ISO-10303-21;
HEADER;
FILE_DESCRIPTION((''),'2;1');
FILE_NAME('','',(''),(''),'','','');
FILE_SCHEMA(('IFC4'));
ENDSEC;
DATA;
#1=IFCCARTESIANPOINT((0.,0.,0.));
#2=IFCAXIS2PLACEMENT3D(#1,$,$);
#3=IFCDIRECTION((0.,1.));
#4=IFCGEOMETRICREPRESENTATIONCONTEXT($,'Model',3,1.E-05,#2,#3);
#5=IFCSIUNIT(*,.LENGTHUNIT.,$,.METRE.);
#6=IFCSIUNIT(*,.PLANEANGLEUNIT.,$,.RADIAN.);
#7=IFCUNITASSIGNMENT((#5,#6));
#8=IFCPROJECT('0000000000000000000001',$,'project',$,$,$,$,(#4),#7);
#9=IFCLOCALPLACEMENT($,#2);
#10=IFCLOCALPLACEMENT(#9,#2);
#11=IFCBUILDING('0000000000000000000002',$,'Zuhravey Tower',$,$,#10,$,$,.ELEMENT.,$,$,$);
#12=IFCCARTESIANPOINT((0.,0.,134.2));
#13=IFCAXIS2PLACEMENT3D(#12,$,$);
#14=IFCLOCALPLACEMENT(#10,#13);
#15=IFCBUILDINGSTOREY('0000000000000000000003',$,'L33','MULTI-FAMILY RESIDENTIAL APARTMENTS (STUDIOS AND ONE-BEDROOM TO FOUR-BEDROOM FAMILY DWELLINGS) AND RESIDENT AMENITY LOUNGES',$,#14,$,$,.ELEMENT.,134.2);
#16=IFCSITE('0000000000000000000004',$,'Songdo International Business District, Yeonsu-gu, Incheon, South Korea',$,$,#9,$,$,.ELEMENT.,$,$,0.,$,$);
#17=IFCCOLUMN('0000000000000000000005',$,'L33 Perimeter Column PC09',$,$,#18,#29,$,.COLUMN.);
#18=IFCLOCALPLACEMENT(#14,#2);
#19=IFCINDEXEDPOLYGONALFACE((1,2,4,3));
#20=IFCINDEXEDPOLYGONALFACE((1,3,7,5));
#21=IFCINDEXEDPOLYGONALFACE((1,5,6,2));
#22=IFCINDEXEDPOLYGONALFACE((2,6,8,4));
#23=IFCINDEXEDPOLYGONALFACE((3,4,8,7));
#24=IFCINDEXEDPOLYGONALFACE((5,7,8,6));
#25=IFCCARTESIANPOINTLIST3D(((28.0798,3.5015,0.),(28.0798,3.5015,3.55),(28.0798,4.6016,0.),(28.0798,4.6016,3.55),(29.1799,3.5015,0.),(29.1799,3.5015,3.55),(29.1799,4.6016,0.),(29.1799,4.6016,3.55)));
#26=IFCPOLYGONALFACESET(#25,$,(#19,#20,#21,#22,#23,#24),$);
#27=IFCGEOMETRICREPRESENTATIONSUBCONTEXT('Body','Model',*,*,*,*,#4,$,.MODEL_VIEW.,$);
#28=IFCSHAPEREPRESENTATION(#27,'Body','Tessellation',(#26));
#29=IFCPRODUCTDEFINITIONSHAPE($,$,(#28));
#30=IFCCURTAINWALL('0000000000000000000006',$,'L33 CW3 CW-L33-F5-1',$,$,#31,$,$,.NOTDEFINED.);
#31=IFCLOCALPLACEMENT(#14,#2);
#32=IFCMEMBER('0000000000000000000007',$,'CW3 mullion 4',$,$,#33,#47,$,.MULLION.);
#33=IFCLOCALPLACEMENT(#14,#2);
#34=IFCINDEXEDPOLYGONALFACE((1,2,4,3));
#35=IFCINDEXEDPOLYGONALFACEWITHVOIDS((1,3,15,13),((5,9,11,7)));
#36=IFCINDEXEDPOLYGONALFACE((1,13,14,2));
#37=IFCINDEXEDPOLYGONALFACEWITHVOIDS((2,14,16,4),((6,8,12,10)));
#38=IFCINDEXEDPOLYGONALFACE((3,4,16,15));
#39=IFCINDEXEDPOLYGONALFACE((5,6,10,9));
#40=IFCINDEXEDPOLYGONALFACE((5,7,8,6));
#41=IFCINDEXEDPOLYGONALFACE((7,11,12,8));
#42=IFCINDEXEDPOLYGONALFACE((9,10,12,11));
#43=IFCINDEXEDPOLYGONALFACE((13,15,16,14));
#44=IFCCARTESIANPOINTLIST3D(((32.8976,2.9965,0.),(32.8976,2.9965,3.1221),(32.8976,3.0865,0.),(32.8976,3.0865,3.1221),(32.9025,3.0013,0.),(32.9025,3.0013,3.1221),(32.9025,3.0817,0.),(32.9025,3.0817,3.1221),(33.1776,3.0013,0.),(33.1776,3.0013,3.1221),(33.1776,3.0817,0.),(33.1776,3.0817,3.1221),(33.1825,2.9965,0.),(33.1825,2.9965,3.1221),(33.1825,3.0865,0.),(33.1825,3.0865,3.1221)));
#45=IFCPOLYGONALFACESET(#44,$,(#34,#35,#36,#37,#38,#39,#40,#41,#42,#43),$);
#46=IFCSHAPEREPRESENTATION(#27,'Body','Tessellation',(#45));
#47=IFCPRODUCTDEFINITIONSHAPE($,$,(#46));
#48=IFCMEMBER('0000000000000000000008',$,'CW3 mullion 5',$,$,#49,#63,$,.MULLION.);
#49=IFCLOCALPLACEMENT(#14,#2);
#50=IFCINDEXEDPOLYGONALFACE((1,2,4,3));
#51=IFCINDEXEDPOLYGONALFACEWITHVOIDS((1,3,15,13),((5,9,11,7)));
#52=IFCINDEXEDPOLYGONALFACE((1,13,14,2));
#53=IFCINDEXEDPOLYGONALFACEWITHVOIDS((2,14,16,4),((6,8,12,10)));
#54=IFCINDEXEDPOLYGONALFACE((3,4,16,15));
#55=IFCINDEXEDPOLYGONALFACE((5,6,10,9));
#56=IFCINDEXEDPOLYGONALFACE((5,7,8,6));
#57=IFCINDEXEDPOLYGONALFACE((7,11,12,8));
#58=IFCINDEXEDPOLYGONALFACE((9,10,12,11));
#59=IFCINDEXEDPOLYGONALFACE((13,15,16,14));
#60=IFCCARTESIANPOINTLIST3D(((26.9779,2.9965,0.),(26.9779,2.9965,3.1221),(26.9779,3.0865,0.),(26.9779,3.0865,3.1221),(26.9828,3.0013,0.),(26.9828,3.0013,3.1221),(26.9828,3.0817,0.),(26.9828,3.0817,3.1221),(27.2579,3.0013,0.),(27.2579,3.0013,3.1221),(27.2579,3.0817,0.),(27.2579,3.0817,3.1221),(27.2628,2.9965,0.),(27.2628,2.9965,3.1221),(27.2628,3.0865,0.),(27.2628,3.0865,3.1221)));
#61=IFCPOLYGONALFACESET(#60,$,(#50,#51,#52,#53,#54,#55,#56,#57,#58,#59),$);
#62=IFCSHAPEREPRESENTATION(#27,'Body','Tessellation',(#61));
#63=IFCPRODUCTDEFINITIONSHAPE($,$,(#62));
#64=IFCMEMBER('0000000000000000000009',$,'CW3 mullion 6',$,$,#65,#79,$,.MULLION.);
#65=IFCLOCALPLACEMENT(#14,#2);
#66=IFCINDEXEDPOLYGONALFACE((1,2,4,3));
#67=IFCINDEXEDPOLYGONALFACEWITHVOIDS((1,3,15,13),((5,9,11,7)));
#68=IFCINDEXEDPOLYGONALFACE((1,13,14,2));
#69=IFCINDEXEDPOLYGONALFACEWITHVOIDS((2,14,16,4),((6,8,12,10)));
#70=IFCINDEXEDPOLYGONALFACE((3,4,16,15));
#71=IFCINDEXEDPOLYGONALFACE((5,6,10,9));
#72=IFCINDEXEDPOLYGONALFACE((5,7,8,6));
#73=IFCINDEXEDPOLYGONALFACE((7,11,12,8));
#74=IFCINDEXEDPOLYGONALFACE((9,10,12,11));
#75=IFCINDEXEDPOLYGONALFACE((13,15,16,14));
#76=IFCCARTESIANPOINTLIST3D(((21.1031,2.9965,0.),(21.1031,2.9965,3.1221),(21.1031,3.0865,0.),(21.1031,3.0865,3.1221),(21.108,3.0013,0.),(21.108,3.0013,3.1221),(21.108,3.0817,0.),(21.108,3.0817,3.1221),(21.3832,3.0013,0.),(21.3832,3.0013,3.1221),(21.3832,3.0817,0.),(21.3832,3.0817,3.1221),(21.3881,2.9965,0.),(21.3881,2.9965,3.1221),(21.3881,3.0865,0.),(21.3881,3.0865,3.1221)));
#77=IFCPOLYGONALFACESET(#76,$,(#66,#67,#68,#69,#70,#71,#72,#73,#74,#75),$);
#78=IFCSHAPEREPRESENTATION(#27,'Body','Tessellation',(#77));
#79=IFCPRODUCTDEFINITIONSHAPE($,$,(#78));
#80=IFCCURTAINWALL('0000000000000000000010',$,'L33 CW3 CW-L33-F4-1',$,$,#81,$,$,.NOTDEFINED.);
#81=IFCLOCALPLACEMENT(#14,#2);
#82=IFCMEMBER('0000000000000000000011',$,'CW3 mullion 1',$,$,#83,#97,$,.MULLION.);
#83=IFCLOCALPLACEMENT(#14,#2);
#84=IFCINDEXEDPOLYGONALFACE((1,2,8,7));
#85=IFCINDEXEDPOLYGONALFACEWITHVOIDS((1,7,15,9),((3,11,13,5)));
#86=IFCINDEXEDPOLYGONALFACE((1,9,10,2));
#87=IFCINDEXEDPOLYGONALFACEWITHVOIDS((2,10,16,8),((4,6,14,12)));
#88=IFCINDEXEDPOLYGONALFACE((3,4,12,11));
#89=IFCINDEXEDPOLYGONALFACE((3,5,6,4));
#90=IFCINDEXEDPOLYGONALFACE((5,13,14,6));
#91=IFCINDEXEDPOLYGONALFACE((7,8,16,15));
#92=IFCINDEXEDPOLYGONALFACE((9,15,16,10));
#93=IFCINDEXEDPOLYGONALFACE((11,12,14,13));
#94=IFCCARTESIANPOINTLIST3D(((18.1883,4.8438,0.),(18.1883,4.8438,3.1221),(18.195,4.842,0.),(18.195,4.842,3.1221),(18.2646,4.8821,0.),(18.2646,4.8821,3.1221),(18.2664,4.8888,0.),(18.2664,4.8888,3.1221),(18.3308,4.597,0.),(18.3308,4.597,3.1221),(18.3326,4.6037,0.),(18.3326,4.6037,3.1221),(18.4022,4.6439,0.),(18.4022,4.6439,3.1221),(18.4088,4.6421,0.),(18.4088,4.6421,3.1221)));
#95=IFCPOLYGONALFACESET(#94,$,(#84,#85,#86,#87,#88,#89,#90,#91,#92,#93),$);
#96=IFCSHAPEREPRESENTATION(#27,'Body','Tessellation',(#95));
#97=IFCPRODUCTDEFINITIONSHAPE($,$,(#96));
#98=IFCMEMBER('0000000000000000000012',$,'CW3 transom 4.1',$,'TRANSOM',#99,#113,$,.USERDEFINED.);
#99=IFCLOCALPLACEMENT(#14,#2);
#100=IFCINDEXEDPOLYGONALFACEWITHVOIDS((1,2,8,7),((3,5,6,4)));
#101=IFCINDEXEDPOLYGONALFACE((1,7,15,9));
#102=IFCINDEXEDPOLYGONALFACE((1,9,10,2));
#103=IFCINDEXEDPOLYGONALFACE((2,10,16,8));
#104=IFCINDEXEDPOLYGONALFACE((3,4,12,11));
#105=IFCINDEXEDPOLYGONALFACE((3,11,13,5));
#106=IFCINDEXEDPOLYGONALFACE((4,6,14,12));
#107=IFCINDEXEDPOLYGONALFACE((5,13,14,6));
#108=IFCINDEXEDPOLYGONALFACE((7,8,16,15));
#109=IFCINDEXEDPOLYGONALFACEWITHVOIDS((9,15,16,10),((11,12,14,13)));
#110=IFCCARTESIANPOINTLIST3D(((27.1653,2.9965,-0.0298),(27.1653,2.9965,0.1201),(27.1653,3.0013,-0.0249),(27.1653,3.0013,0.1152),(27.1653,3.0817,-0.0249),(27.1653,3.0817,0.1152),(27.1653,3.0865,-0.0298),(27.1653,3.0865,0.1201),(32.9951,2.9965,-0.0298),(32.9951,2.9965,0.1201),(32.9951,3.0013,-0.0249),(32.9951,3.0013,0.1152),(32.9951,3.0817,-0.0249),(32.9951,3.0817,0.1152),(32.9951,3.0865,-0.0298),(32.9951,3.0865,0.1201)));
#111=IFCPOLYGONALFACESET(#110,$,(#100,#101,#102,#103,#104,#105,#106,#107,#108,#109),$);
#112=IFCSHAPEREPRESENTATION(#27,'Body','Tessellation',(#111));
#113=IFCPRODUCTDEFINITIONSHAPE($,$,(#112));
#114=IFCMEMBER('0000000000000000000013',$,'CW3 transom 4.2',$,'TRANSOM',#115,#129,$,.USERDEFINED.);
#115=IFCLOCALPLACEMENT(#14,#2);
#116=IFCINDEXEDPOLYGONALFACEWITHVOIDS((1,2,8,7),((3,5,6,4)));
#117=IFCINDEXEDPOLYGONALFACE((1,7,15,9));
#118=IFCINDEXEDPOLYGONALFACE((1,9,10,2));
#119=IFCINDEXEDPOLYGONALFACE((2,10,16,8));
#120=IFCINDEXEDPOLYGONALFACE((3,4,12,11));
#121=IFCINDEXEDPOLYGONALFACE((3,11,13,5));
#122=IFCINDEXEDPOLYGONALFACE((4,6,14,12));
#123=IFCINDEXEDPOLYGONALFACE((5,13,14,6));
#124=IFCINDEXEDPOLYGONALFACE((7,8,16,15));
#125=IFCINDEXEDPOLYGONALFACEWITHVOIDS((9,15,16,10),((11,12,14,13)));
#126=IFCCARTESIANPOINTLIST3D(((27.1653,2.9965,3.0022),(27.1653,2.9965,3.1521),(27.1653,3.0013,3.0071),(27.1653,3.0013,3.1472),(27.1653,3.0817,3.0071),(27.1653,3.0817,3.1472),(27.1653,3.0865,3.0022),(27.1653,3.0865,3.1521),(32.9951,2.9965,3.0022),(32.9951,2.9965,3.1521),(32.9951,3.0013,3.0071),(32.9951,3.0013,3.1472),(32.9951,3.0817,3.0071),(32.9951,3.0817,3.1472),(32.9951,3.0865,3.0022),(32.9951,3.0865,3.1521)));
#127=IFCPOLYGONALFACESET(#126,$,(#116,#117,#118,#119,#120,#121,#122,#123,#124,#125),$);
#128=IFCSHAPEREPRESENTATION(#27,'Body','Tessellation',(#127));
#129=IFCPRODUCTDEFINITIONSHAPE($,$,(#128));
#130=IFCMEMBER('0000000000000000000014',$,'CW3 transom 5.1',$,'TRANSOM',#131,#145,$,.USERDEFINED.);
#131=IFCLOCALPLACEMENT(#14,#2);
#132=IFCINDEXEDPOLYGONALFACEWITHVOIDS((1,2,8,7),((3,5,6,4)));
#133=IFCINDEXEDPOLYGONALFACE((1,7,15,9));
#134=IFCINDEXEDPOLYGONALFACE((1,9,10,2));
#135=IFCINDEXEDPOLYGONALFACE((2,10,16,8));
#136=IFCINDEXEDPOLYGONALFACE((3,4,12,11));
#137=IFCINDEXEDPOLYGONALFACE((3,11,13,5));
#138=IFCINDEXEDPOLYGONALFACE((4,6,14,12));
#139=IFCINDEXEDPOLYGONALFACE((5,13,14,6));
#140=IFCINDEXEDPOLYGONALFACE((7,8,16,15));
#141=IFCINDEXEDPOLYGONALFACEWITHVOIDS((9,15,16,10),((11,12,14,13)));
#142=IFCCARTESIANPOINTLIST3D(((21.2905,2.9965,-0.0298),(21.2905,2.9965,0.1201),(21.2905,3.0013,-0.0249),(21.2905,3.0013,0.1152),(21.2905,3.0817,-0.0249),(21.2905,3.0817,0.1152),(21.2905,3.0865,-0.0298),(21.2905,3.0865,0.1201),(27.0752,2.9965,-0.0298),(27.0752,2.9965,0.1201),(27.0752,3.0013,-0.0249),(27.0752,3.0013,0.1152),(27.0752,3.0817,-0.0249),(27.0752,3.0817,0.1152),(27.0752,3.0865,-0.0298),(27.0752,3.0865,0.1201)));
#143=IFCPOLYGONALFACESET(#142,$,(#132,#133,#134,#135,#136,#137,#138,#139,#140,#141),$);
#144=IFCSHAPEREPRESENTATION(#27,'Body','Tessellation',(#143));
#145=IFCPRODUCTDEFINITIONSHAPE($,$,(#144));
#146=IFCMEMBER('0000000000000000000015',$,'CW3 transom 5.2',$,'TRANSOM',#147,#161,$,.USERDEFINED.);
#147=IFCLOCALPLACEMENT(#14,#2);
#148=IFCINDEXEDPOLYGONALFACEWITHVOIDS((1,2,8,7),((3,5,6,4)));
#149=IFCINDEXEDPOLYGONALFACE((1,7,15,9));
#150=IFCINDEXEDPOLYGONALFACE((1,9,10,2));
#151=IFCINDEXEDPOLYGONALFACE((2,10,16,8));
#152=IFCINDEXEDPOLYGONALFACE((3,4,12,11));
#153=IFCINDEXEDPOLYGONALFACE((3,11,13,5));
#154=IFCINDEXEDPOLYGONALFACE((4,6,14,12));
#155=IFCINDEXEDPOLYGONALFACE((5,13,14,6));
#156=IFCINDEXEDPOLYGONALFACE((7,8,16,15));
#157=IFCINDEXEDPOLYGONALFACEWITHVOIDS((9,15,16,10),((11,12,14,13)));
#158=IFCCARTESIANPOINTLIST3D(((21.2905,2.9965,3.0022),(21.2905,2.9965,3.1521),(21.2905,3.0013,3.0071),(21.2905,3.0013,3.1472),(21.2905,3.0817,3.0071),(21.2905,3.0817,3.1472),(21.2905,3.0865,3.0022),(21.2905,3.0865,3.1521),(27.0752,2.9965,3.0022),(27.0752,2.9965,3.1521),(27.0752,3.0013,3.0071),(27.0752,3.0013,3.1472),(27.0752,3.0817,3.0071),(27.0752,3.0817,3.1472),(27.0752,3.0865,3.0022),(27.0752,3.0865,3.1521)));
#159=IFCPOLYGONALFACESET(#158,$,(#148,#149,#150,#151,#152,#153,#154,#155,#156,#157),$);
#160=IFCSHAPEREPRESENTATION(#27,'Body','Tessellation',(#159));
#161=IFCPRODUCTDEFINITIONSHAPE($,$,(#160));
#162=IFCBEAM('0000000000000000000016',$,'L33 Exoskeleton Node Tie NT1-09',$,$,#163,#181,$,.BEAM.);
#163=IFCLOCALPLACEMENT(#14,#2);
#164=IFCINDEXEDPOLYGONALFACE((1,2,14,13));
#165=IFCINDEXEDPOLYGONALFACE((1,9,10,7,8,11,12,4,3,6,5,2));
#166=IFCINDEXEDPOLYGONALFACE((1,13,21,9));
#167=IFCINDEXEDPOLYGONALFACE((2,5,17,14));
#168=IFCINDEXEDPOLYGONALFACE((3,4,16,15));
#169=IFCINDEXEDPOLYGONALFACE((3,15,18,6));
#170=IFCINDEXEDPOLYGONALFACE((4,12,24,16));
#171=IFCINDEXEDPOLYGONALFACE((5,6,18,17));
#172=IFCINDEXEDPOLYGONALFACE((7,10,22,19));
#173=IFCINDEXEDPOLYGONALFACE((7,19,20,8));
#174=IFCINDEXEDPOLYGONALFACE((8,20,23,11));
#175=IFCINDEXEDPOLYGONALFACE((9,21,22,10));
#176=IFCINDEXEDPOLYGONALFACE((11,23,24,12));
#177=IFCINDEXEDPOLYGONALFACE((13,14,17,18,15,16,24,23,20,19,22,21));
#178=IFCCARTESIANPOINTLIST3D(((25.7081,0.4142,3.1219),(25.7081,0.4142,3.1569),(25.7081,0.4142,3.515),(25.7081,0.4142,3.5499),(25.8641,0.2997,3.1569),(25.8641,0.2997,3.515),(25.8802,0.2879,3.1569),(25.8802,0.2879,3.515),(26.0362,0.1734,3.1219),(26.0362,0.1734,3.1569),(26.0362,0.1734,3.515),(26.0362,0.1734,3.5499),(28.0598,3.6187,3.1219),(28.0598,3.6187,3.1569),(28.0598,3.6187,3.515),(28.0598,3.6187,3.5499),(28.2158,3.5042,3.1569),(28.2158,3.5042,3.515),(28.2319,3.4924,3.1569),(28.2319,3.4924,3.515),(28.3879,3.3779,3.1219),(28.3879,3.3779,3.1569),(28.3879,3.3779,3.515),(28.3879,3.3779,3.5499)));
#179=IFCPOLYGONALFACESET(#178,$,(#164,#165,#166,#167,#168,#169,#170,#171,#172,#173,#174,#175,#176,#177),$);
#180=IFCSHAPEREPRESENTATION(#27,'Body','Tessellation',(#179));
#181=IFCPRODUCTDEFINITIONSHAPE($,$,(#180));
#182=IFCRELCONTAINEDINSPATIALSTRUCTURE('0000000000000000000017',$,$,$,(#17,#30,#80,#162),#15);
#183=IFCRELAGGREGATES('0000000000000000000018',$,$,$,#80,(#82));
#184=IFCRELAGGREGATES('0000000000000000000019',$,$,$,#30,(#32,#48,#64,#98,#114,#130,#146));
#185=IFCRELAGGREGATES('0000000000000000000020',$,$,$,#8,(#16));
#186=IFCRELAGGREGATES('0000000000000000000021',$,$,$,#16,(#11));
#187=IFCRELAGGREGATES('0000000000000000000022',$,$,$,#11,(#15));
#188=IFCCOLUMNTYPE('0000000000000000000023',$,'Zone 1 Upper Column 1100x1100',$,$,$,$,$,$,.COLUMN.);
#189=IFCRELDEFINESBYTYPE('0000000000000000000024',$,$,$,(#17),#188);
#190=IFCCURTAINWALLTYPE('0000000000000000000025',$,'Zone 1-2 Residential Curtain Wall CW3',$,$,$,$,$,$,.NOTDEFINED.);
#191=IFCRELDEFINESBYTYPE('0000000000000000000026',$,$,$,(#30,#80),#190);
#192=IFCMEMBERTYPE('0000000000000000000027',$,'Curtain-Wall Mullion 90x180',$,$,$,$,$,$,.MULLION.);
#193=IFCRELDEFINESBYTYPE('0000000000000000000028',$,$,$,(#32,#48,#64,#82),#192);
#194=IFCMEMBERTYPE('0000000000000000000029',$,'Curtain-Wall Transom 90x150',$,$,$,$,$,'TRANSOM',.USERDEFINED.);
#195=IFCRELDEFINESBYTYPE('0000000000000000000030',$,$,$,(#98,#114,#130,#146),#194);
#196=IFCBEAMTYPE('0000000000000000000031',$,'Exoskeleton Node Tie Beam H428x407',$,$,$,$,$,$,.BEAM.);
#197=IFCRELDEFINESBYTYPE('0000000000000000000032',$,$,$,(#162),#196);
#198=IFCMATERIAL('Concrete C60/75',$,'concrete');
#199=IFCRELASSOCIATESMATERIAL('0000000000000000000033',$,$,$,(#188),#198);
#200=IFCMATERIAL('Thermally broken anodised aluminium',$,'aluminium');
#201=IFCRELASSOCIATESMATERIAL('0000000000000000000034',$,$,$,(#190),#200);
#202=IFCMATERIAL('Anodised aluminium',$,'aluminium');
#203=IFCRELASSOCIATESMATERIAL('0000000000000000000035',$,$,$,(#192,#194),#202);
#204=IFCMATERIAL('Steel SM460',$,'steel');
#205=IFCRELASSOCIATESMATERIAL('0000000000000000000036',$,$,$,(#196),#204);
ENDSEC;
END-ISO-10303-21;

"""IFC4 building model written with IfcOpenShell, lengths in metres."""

from ifc_helpers import new_model, si_unit, direction, frame, origin, origin_2d, place, context, subcontext, project, spatial, rectangle, hollow_rectangle, i_section, extrude, material, material_profile, profile_set, type_object, element, aggregate, save


model = new_model("IFC4")

# Units and contexts
model_context = context("Model", 3, precision=1e-05, world=origin(), true_north=direction((0.0, 1.0)))
body_context = subcontext(model_context, "Body", "Model", "MODEL_VIEW")
ifc_project = project(units=[si_unit("LENGTHUNIT", "METRE"), si_unit("PLANEANGLEUNIT", "RADIAN")], contexts=[model_context])

# Site, building, storey
site_placement = place(None, origin())
site = spatial("IfcSite", under=ifc_project, at=site_placement, Name="Songdo International Business District, Yeonsu-gu, Incheon, South Korea", CompositionType="ELEMENT", RefElevation=0.0)
building_placement = place(site_placement, origin())
building = spatial("IfcBuilding", under=site, at=building_placement, Name="Zuhravey Tower", CompositionType="ELEMENT")
storey_placement = place(building_placement, frame((0.0, 0.0, 134.2)))
storey = spatial("IfcBuildingStorey", under=building, at=storey_placement, Name="L33", Description="MULTI-FAMILY RESIDENTIAL APARTMENTS (STUDIOS AND ONE-BEDROOM TO FOUR-BEDROOM FAMILY DWELLINGS) AND RESIDENT AMENITY LOUNGES", CompositionType="ELEMENT", Elevation=134.2)

# Column
ifc_material_1 = material(Name="Concrete C60/75", Category="concrete")
ifc_material_profile_1 = material_profile(ifc_material_1, rectangle(XDim=1.1001, YDim=1.1001, at=origin_2d()), Name="RC-1100x1100")
ifc_profile_set_1 = profile_set([ifc_material_profile_1], Name="Concrete C60/75")
column_type = type_object("IfcColumnType", Name="Zone 1 Upper Column 1100x1100", PredefinedType="COLUMN", material=ifc_profile_set_1)
column_placement = place(storey_placement, frame((28.6299, 4.0515, 0.0), z_axis=(0.0, 0.0, 1.0), x_axis=(1.0, 0.0, 0.0)))
element("IfcColumn", 1, at=column_placement, inside=storey, type_object=column_type, Name="L33 Perimeter Column PC09", PredefinedType="COLUMN", context=body_context, shape_type="SweptSolid", body=[
    extrude(rectangle(XDim=1.1001, YDim=1.1001, at=origin_2d()), origin(), (0.0, 0.0, 1.0), 3.55),
])

# Curtain wall, members
ifc_material_2 = material(Name="Thermally broken anodised aluminium", Category="aluminium")
curtain_wall_type = type_object("IfcCurtainWallType", Name="Zone 1-2 Residential Curtain Wall CW3", PredefinedType="NOTDEFINED", material=ifc_material_2)
curtain_wall_1_placement = place(storey_placement, origin())
curtain_wall_1 = element("IfcCurtainWall", 2, at=curtain_wall_1_placement, inside=storey, type_object=curtain_wall_type, Name="L33 CW3 CW-L33-F5-1", PredefinedType="NOTDEFINED")
ifc_material_3 = material(Name="Anodised aluminium", Category="aluminium")
ifc_material_profile_2 = material_profile(ifc_material_3, hollow_rectangle(XDim=0.0901, YDim=0.2849, WallThickness=0.0049, at=origin_2d()), Name="ALU-RHS-90x285x5")
ifc_profile_set_2 = profile_set([ifc_material_profile_2], Name="Anodised aluminium")
member_type_1 = type_object("IfcMemberType", Name="Curtain-Wall Mullion 90x180", PredefinedType="MULLION", material=ifc_profile_set_2)
member_1_placement = place(storey_placement, frame((33.04, 3.0415, 0.0), z_axis=(0.0, 0.0, 1.0), x_axis=(0.0, -1.0, 0.0)))
member_1 = element("IfcMember", 3, at=member_1_placement, type_object=member_type_1, Name="CW3 mullion 4", PredefinedType="MULLION", context=body_context, shape_type="SweptSolid", body=[
    extrude(hollow_rectangle(XDim=0.0901, YDim=0.2849, WallThickness=0.0049, at=origin_2d()), origin(), (0.0, 0.0, 1.0), 3.1221),
])
member_2_placement = place(storey_placement, frame((27.1204, 3.0415, 0.0), z_axis=(0.0, 0.0, 1.0), x_axis=(0.0, -1.0, 0.0)))
member_2 = element("IfcMember", 4, at=member_2_placement, type_object=member_type_1, Name="CW3 mullion 5", PredefinedType="MULLION", context=body_context, shape_type="SweptSolid", body=[
    extrude(hollow_rectangle(XDim=0.0901, YDim=0.2849, WallThickness=0.0049, at=origin_2d()), origin(), (0.0, 0.0, 1.0), 3.1221),
])
member_3_placement = place(storey_placement, frame((21.2456, 3.0415, 0.0), z_axis=(0.0, 0.0, 1.0), x_axis=(0.0, -1.0, 0.0)))
member_3 = element("IfcMember", 5, at=member_3_placement, type_object=member_type_1, Name="CW3 mullion 6", PredefinedType="MULLION", context=body_context, shape_type="SweptSolid", body=[
    extrude(hollow_rectangle(XDim=0.0901, YDim=0.2849, WallThickness=0.0049, at=origin_2d()), origin(), (0.0, 0.0, 1.0), 3.1221),
])

# Curtain wall, member
curtain_wall_2_placement = place(storey_placement, origin())
curtain_wall_2 = element("IfcCurtainWall", 6, at=curtain_wall_2_placement, inside=storey, type_object=curtain_wall_type, Name="L33 CW3 CW-L33-F4-1", PredefinedType="NOTDEFINED")
member_4_placement = place(storey_placement, frame((18.2986, 4.7429, 0.0), z_axis=(0.0, 0.0, 1.0), x_axis=(-0.866026, -0.499998, 0.0)))
member_4 = element("IfcMember", 7, at=member_4_placement, type_object=member_type_1, Name="CW3 mullion 1", PredefinedType="MULLION", context=body_context, shape_type="SweptSolid", body=[
    extrude(hollow_rectangle(XDim=0.0901, YDim=0.2849, WallThickness=0.0049, at=origin_2d()), origin(), (0.0, 0.0, 1.0), 3.1221),
])
aggregate(curtain_wall_2, [member_4])

# Members
ifc_material_profile_3 = material_profile(ifc_material_3, hollow_rectangle(XDim=0.0901, YDim=0.1499, WallThickness=0.0049, at=origin_2d()), Name="ALU-RHS-90x150x5")
ifc_profile_set_3 = profile_set([ifc_material_profile_3], Name="Anodised aluminium")
member_type_2 = type_object("IfcMemberType", Name="Curtain-Wall Transom 90x150", ElementType="TRANSOM", PredefinedType="USERDEFINED", material=ifc_profile_set_3)
member_5_placement = place(storey_placement, frame((32.9951, 3.0415, 0.0452), z_axis=(-1.0, 0.0, 0.0), x_axis=(0.0, -1.0, 0.0)))
member_5 = element("IfcMember", 8, at=member_5_placement, type_object=member_type_2, Name="CW3 transom 4.1", ObjectType="TRANSOM", PredefinedType="USERDEFINED", context=body_context, shape_type="SweptSolid", body=[
    extrude(hollow_rectangle(XDim=0.0901, YDim=0.1499, WallThickness=0.0049, at=origin_2d()), origin(), (0.0, 0.0, 1.0), 5.8298),
])
member_6_placement = place(storey_placement, frame((32.9951, 3.0415, 3.0771), z_axis=(-1.0, 0.0, 0.0), x_axis=(0.0, -1.0, 0.0)))
member_6 = element("IfcMember", 9, at=member_6_placement, type_object=member_type_2, Name="CW3 transom 4.2", ObjectType="TRANSOM", PredefinedType="USERDEFINED", context=body_context, shape_type="SweptSolid", body=[
    extrude(hollow_rectangle(XDim=0.0901, YDim=0.1499, WallThickness=0.0049, at=origin_2d()), origin(), (0.0, 0.0, 1.0), 5.8298),
])
member_7_placement = place(storey_placement, frame((27.0752, 3.0415, 0.0452), z_axis=(-1.0, 0.0, 0.0), x_axis=(0.0, -1.0, 0.0)))
member_7 = element("IfcMember", 10, at=member_7_placement, type_object=member_type_2, Name="CW3 transom 5.1", ObjectType="TRANSOM", PredefinedType="USERDEFINED", context=body_context, shape_type="SweptSolid", body=[
    extrude(hollow_rectangle(XDim=0.0901, YDim=0.1499, WallThickness=0.0049, at=origin_2d()), origin(), (0.0, 0.0, 1.0), 5.7847),
])
member_8_placement = place(storey_placement, frame((27.0752, 3.0415, 3.0771), z_axis=(-1.0, 0.0, 0.0), x_axis=(0.0, -1.0, 0.0)))
member_8 = element("IfcMember", 11, at=member_8_placement, type_object=member_type_2, Name="CW3 transom 5.2", ObjectType="TRANSOM", PredefinedType="USERDEFINED", context=body_context, shape_type="SweptSolid", body=[
    extrude(hollow_rectangle(XDim=0.0901, YDim=0.1499, WallThickness=0.0049, at=origin_2d()), origin(), (0.0, 0.0, 1.0), 5.7847),
])

# Beam
ifc_material_4 = material(Name="Steel SM460", Category="steel")
ifc_material_profile_4 = material_profile(ifc_material_4, i_section(OverallWidth=0.407, OverallDepth=0.428, WebThickness=0.02, FlangeThickness=0.0349, at=origin_2d()), Name="H-428x407x20x35")
ifc_profile_set_4 = profile_set([ifc_material_profile_4], Name="Steel SM460")
beam_type_1 = type_object("IfcBeamType", Name="Exoskeleton Node Tie Beam H428x407", PredefinedType="BEAM", material=ifc_profile_set_4)
beam_1_placement = place(storey_placement, frame((28.2239, 3.4983, 3.3359), z_axis=(-0.591654, -0.806192, 0.0), x_axis=(0.806192, -0.591654, 0.0)))
element("IfcBeam", 12, at=beam_1_placement, inside=storey, type_object=beam_type_1, Name="L33 Exoskeleton Node Tie NT1-09", PredefinedType="BEAM", context=body_context, shape_type="SweptSolid", body=[
    extrude(i_section(OverallWidth=0.407, OverallDepth=0.428, WebThickness=0.02, FlangeThickness=0.0349, at=origin_2d()), origin(), (0.0, 0.0, 1.0), 3.9749),
])

aggregate(curtain_wall_1, [member_1, member_2, member_3, member_5, member_6, member_7, member_8])

save(model, "model.ifc")
